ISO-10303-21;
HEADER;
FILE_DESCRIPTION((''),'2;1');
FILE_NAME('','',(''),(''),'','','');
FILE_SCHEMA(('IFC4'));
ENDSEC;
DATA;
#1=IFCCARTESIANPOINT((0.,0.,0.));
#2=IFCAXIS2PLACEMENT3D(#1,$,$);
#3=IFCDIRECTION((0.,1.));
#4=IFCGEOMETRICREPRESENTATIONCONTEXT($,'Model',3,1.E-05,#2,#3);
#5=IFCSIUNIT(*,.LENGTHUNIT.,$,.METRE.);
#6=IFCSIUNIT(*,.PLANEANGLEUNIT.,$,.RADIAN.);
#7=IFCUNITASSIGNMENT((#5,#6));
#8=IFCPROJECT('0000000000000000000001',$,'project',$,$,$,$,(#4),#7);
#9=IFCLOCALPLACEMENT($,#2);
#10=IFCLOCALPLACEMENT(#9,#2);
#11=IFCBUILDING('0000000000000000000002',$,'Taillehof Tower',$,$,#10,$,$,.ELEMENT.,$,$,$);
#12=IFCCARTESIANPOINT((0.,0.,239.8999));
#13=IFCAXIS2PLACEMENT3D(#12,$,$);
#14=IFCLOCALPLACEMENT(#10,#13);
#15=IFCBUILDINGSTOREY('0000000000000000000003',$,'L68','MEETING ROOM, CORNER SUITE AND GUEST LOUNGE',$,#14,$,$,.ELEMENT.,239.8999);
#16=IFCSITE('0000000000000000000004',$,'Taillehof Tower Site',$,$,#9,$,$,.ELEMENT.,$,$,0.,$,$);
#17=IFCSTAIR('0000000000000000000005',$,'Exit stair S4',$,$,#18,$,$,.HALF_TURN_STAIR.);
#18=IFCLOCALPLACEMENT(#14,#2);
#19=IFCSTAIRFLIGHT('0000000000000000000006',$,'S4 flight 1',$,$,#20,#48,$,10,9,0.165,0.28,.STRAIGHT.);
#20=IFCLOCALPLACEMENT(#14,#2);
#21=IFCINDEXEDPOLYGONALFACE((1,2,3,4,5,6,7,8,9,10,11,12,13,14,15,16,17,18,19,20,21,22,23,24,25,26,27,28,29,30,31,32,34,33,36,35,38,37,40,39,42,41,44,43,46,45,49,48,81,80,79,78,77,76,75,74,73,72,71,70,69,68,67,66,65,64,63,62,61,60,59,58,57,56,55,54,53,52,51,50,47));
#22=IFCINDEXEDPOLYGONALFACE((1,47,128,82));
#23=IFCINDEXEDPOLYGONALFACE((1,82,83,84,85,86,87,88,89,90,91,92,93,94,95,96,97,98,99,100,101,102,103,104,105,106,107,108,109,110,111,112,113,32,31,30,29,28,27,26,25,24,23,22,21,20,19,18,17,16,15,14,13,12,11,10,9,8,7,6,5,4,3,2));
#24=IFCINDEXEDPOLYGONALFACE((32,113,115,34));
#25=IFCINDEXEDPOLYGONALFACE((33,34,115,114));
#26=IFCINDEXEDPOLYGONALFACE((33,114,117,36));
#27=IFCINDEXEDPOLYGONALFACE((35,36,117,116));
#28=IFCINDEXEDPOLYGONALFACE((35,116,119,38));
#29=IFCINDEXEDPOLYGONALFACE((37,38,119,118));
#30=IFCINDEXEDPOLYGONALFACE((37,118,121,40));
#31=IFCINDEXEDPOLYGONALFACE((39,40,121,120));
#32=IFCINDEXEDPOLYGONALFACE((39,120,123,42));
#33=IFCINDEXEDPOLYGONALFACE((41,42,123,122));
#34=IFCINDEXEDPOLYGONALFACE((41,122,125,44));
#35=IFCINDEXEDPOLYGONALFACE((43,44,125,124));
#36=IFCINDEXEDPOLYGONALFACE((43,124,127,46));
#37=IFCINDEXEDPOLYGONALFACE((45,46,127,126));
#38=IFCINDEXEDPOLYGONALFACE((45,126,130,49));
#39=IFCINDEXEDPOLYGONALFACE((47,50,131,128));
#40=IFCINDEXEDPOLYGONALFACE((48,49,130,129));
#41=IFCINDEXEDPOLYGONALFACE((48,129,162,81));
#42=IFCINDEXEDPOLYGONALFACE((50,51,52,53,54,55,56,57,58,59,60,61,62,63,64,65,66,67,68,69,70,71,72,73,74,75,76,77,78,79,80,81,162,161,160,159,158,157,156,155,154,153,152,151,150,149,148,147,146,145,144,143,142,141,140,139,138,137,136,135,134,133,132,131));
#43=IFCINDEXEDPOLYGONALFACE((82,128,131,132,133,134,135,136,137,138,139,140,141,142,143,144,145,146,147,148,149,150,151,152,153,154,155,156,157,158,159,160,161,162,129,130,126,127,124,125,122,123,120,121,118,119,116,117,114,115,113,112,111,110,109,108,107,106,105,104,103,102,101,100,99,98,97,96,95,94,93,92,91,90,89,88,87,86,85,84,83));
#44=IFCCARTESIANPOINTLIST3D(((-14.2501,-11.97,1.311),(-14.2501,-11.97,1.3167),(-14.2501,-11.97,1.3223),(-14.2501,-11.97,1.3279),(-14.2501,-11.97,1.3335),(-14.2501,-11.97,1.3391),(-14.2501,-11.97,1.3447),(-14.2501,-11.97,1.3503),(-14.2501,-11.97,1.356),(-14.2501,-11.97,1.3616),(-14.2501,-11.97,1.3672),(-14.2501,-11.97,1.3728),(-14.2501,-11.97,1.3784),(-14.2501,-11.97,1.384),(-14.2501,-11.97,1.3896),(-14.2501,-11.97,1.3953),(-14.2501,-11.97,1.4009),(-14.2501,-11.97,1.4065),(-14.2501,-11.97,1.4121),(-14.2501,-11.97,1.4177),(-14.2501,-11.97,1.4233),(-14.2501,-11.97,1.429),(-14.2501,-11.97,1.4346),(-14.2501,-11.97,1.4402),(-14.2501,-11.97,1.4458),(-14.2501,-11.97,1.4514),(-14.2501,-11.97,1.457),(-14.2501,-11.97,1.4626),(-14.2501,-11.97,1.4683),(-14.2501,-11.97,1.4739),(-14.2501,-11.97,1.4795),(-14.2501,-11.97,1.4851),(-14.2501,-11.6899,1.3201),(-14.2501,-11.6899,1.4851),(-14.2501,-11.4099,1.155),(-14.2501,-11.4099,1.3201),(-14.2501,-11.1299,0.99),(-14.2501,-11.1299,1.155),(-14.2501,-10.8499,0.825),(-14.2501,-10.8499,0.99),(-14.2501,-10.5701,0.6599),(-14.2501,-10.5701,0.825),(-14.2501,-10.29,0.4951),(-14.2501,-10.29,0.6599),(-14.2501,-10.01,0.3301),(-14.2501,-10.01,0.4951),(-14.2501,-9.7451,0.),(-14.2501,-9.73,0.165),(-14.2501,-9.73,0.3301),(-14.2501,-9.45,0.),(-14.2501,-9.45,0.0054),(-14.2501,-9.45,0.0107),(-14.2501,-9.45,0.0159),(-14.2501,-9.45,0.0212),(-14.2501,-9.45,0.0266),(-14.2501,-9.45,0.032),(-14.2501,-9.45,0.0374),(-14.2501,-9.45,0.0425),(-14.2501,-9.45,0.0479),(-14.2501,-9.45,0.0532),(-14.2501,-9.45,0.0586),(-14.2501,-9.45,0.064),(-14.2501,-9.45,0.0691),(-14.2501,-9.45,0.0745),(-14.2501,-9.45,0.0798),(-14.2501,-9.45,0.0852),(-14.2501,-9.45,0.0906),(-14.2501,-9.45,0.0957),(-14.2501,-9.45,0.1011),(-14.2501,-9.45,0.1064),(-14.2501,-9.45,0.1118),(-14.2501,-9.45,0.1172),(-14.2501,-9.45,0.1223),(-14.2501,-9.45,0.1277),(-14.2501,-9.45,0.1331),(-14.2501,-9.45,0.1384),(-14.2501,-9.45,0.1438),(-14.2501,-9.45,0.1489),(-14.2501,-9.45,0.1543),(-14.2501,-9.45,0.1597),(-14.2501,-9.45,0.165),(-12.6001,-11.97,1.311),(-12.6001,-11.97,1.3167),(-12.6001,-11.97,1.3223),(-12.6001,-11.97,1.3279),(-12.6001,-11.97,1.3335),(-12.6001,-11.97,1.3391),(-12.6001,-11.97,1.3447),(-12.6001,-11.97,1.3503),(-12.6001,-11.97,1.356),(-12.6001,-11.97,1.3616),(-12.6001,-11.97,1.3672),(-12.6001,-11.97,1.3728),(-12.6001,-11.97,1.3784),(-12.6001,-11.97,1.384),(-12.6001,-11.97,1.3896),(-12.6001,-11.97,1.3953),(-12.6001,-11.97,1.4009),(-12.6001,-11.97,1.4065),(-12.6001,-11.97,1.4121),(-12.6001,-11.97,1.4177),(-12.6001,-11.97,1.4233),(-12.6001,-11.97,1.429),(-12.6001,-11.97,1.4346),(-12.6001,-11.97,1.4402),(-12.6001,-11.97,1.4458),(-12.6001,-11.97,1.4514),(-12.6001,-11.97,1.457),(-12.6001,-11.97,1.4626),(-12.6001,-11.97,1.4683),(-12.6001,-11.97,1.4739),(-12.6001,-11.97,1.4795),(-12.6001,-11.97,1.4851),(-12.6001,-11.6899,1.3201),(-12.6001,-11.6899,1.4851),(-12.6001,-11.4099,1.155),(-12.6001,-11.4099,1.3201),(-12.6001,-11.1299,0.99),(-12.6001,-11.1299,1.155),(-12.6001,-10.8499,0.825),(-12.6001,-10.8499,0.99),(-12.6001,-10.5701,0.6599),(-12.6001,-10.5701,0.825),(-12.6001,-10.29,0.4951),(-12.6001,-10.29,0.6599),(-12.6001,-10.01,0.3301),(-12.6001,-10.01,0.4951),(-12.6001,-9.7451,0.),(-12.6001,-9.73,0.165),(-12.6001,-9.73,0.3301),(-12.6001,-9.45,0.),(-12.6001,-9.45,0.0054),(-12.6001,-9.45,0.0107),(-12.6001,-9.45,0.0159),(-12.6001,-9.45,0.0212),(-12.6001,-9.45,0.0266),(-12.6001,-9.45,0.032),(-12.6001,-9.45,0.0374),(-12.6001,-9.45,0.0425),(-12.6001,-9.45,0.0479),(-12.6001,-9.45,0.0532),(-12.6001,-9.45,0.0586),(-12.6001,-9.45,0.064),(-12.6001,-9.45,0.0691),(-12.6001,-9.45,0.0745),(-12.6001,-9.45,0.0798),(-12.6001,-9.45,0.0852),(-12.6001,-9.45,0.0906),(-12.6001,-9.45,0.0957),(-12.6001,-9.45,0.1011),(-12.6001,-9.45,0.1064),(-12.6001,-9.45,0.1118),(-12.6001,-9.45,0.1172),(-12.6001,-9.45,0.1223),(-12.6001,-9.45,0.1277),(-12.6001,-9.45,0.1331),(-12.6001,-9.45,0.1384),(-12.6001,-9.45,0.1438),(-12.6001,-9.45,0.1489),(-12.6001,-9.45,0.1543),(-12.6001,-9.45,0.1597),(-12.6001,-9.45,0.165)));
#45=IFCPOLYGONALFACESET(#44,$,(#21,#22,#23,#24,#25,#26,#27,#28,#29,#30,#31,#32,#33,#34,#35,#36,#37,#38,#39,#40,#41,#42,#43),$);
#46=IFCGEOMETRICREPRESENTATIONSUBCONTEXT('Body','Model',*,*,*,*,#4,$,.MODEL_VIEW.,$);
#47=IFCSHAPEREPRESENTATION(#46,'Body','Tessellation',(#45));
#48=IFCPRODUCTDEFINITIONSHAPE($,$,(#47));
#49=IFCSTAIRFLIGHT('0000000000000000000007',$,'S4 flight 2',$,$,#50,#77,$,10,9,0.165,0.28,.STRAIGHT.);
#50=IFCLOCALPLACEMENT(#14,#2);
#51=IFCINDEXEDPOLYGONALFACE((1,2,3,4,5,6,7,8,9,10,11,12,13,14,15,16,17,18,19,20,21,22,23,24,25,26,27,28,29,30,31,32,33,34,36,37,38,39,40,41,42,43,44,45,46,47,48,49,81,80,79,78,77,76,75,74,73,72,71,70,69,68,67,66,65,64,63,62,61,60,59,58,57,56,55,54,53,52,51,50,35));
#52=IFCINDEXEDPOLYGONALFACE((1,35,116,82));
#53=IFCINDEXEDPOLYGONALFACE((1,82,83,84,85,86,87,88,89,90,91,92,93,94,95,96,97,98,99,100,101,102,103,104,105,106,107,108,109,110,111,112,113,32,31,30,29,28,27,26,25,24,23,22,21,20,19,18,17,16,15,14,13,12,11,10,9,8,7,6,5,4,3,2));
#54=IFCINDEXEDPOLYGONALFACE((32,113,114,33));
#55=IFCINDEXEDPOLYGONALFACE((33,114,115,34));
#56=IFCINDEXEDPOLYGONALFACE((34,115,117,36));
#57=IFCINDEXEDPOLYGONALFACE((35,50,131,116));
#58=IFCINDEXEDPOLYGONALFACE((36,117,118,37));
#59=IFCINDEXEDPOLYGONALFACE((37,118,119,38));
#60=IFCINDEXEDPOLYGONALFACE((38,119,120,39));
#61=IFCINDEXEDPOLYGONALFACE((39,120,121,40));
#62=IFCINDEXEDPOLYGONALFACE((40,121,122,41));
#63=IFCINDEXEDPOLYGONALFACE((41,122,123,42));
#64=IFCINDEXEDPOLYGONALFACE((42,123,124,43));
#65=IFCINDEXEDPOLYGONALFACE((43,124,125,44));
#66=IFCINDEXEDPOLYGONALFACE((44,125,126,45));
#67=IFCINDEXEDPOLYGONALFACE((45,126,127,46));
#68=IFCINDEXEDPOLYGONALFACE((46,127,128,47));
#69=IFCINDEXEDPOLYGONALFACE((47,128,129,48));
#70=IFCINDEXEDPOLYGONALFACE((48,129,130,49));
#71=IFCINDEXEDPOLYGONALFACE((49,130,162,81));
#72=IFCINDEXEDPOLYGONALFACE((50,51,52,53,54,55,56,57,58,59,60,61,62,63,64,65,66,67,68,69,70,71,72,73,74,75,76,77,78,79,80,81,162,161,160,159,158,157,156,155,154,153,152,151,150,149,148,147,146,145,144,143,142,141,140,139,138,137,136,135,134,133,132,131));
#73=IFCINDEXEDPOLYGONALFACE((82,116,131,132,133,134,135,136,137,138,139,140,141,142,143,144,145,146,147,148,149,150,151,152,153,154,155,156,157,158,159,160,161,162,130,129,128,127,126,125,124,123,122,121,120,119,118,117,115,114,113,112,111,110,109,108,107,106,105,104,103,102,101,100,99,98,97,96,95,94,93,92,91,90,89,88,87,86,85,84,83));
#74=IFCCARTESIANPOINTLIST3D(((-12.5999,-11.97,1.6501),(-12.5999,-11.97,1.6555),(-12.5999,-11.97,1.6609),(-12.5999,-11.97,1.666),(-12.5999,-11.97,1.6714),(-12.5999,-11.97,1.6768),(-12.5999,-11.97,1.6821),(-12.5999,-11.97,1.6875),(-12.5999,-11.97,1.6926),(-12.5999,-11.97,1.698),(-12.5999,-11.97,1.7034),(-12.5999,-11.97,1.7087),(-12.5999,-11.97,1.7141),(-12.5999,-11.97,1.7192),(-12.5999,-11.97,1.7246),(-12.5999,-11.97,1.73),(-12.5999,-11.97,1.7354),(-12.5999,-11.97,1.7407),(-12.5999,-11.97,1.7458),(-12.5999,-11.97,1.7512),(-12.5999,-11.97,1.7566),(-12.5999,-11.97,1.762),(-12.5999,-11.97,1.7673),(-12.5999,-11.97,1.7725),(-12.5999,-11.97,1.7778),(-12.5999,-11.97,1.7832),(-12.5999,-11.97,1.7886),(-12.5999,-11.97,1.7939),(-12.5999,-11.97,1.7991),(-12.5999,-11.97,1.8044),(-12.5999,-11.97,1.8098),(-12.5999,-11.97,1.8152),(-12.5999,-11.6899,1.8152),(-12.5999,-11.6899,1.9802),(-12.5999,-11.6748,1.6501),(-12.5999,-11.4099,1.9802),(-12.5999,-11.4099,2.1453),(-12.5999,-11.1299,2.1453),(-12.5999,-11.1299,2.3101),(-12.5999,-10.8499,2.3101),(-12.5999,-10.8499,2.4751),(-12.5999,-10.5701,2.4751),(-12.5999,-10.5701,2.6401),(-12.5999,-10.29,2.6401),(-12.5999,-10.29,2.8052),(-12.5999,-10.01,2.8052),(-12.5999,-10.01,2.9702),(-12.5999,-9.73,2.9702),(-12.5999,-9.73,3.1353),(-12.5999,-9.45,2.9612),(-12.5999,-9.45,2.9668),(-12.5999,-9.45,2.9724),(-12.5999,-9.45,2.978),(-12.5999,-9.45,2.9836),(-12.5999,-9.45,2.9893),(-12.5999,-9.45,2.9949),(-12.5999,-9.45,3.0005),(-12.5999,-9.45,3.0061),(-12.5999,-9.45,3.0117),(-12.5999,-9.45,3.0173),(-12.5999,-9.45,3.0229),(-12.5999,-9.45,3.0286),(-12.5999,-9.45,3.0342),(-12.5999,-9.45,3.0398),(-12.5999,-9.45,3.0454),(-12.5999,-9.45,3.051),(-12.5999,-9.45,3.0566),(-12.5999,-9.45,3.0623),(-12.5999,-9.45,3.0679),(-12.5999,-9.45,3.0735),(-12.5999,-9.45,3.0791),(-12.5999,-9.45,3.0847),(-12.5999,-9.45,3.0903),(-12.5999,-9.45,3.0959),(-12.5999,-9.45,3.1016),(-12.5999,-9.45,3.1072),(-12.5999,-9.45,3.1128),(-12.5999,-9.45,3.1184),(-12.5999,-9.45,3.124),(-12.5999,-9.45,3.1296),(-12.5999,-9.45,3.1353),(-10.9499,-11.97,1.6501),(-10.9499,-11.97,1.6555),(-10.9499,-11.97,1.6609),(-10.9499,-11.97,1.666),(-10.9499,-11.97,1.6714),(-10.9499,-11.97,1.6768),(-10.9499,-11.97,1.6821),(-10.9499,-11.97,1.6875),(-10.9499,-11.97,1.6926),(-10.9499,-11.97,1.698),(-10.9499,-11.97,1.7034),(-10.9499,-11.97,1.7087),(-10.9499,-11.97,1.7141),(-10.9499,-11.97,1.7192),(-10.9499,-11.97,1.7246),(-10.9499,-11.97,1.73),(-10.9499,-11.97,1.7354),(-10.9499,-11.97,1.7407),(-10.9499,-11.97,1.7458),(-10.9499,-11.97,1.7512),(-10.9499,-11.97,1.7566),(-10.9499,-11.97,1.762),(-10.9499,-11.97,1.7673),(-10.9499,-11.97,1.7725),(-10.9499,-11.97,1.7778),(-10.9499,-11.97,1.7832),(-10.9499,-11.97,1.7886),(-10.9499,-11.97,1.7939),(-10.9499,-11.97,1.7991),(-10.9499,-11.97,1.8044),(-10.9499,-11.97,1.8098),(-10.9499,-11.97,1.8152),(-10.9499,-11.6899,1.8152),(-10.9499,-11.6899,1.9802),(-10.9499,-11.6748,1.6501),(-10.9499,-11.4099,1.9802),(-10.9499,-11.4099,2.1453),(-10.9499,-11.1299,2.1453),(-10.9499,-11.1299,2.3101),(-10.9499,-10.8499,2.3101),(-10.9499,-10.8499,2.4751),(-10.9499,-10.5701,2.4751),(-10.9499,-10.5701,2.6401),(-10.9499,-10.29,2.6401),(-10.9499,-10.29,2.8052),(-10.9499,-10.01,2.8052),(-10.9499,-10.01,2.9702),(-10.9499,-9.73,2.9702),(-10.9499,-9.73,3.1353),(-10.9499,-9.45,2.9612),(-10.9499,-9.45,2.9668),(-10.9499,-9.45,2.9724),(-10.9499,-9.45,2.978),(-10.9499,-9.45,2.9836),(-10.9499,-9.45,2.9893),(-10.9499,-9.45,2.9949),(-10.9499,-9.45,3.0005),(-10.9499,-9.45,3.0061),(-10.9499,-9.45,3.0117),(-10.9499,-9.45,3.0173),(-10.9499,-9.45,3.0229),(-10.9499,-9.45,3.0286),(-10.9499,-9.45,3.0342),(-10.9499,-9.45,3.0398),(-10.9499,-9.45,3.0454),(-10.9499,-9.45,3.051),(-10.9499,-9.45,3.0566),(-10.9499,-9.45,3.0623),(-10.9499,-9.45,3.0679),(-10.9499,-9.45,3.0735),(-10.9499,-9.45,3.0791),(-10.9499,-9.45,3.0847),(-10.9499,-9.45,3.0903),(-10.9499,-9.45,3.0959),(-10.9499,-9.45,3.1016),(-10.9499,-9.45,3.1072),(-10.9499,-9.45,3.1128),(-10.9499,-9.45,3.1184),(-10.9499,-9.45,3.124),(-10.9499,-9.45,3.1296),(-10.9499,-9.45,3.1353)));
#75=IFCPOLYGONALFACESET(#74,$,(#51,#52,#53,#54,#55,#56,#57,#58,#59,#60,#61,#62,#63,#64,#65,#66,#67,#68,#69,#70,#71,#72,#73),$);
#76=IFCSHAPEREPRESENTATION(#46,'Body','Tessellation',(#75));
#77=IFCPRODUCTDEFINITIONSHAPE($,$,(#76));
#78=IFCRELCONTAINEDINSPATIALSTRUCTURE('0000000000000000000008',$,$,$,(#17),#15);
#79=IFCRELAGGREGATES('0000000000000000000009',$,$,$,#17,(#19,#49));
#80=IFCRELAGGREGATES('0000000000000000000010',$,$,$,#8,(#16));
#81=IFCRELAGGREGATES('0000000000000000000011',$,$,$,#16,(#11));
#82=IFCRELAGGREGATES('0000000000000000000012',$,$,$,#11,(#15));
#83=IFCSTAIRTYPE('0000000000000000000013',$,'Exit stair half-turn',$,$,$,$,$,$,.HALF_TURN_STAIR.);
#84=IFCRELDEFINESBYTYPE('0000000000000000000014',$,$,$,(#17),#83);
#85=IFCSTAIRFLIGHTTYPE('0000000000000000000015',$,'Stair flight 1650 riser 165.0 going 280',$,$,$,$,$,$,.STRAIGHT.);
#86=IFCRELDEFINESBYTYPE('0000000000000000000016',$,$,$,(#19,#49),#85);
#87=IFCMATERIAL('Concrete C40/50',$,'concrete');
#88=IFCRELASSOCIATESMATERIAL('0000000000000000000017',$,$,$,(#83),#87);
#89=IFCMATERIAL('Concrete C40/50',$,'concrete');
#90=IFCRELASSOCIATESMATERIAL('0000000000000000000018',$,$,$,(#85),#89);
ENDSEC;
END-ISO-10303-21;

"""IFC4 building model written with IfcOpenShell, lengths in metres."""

from ifc_helpers import new_model, si_unit, direction, frame, origin, place, context, subcontext, project, spatial, polyline, outline, extrude, material, type_object, element, aggregate, save


model = new_model("IFC4")

# Units and contexts
model_context = context("Model", 3, precision=1e-05, world=origin(), true_north=direction((0.0, 1.0)))
body_context = subcontext(model_context, "Body", "Model", "MODEL_VIEW")
ifc_project = project(units=[si_unit("LENGTHUNIT", "METRE"), si_unit("PLANEANGLEUNIT", "RADIAN")], contexts=[model_context])

# Site, building, storey
site_placement = place(None, origin())
site = spatial("IfcSite", under=ifc_project, at=site_placement, Name="Taillehof Tower Site", CompositionType="ELEMENT", RefElevation=0.0)
building_placement = place(site_placement, origin())
building = spatial("IfcBuilding", under=site, at=building_placement, Name="Taillehof Tower", CompositionType="ELEMENT")
storey_placement = place(building_placement, frame((0.0, 0.0, 239.8999)))
storey = spatial("IfcBuildingStorey", under=building, at=storey_placement, Name="L68", Description="MEETING ROOM, CORNER SUITE AND GUEST LOUNGE", CompositionType="ELEMENT", Elevation=239.8999)

# Stair, stair flights
ifc_material_1 = material(Name="Concrete C40/50", Category="concrete")
stair_type = type_object("IfcStairType", Name="Exit stair half-turn", PredefinedType="HALF_TURN_STAIR", material=ifc_material_1)
stair_placement = place(storey_placement, origin())
stair = element("IfcStair", 1, at=stair_placement, inside=storey, type_object=stair_type, Name="Exit stair S4", PredefinedType="HALF_TURN_STAIR")
ifc_material_2 = material(Name="Concrete C40/50", Category="concrete")
stair_flight_type = type_object("IfcStairFlightType", Name="Stair flight 1650 riser 165.0 going 280", PredefinedType="STRAIGHT", material=ifc_material_2)
stair_flight_1_placement = place(storey_placement, frame((-13.425, -9.45, 0.0), z_axis=(0.0, 0.0, 1.0), x_axis=(0.0, -1.0, 0.0)))
stair_flight_1 = element("IfcStairFlight", 2, at=stair_flight_1_placement, type_object=stair_flight_type, Name="S4 flight 1", NumberOfRisers=10, NumberOfTreads=9, PredefinedType="STRAIGHT", RiserHeight=0.165, TreadLength=0.28, context=body_context, shape_type="SweptSolid", body=[
    extrude(outline(polyline([(0.0, 0.0), (0.0, 0.0054), (0.0, 0.0107), (0.0, 0.0159), (0.0, 0.0212), (0.0, 0.0266), (0.0, 0.032), (0.0, 0.0374), (0.0, 0.0425), (0.0, 0.0479), (0.0, 0.0532), (0.0, 0.0586), (0.0, 0.064), (0.0, 0.0691), (0.0, 0.0745), (0.0, 0.0798), (0.0, 0.0852), (0.0, 0.0906), (0.0, 0.0957), (0.0, 0.1011), (0.0, 0.1064), (0.0, 0.1118), (0.0, 0.1172), (0.0, 0.1223), (0.0, 0.1277), (0.0, 0.1331), (0.0, 0.1384), (0.0, 0.1438), (0.0, 0.1489), (0.0, 0.1543), (0.0, 0.1597), (0.0, 0.165), (0.28, 0.165), (0.28, 0.3301), (0.5601, 0.3301), (0.5601, 0.4951), (0.8401, 0.4951), (0.8401, 0.6599), (1.1201, 0.6599), (1.1201, 0.825), (1.3999, 0.825), (1.3999, 0.99), (1.6799, 0.99), (1.6799, 1.155), (1.96, 1.155), (1.96, 1.3201), (2.24, 1.3201), (2.24, 1.4851), (2.52, 1.4851), (2.52, 1.4795), (2.52, 1.4739), (2.52, 1.4683), (2.52, 1.4626), (2.52, 1.457), (2.52, 1.4514), (2.52, 1.4458), (2.52, 1.4402), (2.52, 1.4346), (2.52, 1.429), (2.52, 1.4233), (2.52, 1.4177), (2.52, 1.4121), (2.52, 1.4065), (2.52, 1.4009), (2.52, 1.3953), (2.52, 1.3896), (2.52, 1.384), (2.52, 1.3784), (2.52, 1.3728), (2.52, 1.3672), (2.52, 1.3616), (2.52, 1.356), (2.52, 1.3503), (2.52, 1.3447), (2.52, 1.3391), (2.52, 1.3335), (2.52, 1.3279), (2.52, 1.3223), (2.52, 1.3167), (2.52, 1.311), (0.2952, 0.0), (0.0, 0.0)])), frame((0.0, 0.825, 0.0), z_axis=(0.0, -1.0, 0.0), x_axis=(1.0, 0.0, 0.0)), (0.0, 0.0, 1.0), 1.65),
])
stair_flight_2_placement = place(storey_placement, frame((-11.7749, -11.97, 1.6501), z_axis=(0.0, 0.0, 1.0), x_axis=(0.0, 1.0, 0.0)))
stair_flight_2 = element("IfcStairFlight", 3, at=stair_flight_2_placement, type_object=stair_flight_type, Name="S4 flight 2", NumberOfRisers=10, NumberOfTreads=9, PredefinedType="STRAIGHT", RiserHeight=0.165, TreadLength=0.28, context=body_context, shape_type="SweptSolid", body=[
    extrude(outline(polyline([(0.0, 0.0), (0.0, 0.0054), (0.0, 0.0107), (0.0, 0.0159), (0.0, 0.0212), (0.0, 0.0266), (0.0, 0.032), (0.0, 0.0374), (0.0, 0.0425), (0.0, 0.0479), (0.0, 0.0532), (0.0, 0.0586), (0.0, 0.064), (0.0, 0.0691), (0.0, 0.0745), (0.0, 0.0798), (0.0, 0.0852), (0.0, 0.0906), (0.0, 0.0957), (0.0, 0.1011), (0.0, 0.1064), (0.0, 0.1118), (0.0, 0.1172), (0.0, 0.1223), (0.0, 0.1277), (0.0, 0.1331), (0.0, 0.1384), (0.0, 0.1438), (0.0, 0.1489), (0.0, 0.1543), (0.0, 0.1597), (0.0, 0.165), (0.28, 0.165), (0.28, 0.3301), (0.5601, 0.3301), (0.5601, 0.4951), (0.8401, 0.4951), (0.8401, 0.6599), (1.1201, 0.6599), (1.1201, 0.825), (1.3999, 0.825), (1.3999, 0.99), (1.6799, 0.99), (1.6799, 1.155), (1.96, 1.155), (1.96, 1.3201), (2.24, 1.3201), (2.24, 1.4851), (2.52, 1.4851), (2.52, 1.4795), (2.52, 1.4739), (2.52, 1.4683), (2.52, 1.4626), (2.52, 1.457), (2.52, 1.4514), (2.52, 1.4458), (2.52, 1.4402), (2.52, 1.4346), (2.52, 1.429), (2.52, 1.4233), (2.52, 1.4177), (2.52, 1.4121), (2.52, 1.4065), (2.52, 1.4009), (2.52, 1.3953), (2.52, 1.3896), (2.52, 1.384), (2.52, 1.3784), (2.52, 1.3728), (2.52, 1.3672), (2.52, 1.3616), (2.52, 1.356), (2.52, 1.3503), (2.52, 1.3447), (2.52, 1.3391), (2.52, 1.3335), (2.52, 1.3279), (2.52, 1.3223), (2.52, 1.3167), (2.52, 1.311), (0.2952, 0.0), (0.0, 0.0)])), frame((0.0, 0.825, 0.0), z_axis=(0.0, -1.0, 0.0), x_axis=(1.0, 0.0, 0.0)), (0.0, 0.0, 1.0), 1.65),
])
aggregate(stair, [stair_flight_1, stair_flight_2])

save(model, "model.ifc")
